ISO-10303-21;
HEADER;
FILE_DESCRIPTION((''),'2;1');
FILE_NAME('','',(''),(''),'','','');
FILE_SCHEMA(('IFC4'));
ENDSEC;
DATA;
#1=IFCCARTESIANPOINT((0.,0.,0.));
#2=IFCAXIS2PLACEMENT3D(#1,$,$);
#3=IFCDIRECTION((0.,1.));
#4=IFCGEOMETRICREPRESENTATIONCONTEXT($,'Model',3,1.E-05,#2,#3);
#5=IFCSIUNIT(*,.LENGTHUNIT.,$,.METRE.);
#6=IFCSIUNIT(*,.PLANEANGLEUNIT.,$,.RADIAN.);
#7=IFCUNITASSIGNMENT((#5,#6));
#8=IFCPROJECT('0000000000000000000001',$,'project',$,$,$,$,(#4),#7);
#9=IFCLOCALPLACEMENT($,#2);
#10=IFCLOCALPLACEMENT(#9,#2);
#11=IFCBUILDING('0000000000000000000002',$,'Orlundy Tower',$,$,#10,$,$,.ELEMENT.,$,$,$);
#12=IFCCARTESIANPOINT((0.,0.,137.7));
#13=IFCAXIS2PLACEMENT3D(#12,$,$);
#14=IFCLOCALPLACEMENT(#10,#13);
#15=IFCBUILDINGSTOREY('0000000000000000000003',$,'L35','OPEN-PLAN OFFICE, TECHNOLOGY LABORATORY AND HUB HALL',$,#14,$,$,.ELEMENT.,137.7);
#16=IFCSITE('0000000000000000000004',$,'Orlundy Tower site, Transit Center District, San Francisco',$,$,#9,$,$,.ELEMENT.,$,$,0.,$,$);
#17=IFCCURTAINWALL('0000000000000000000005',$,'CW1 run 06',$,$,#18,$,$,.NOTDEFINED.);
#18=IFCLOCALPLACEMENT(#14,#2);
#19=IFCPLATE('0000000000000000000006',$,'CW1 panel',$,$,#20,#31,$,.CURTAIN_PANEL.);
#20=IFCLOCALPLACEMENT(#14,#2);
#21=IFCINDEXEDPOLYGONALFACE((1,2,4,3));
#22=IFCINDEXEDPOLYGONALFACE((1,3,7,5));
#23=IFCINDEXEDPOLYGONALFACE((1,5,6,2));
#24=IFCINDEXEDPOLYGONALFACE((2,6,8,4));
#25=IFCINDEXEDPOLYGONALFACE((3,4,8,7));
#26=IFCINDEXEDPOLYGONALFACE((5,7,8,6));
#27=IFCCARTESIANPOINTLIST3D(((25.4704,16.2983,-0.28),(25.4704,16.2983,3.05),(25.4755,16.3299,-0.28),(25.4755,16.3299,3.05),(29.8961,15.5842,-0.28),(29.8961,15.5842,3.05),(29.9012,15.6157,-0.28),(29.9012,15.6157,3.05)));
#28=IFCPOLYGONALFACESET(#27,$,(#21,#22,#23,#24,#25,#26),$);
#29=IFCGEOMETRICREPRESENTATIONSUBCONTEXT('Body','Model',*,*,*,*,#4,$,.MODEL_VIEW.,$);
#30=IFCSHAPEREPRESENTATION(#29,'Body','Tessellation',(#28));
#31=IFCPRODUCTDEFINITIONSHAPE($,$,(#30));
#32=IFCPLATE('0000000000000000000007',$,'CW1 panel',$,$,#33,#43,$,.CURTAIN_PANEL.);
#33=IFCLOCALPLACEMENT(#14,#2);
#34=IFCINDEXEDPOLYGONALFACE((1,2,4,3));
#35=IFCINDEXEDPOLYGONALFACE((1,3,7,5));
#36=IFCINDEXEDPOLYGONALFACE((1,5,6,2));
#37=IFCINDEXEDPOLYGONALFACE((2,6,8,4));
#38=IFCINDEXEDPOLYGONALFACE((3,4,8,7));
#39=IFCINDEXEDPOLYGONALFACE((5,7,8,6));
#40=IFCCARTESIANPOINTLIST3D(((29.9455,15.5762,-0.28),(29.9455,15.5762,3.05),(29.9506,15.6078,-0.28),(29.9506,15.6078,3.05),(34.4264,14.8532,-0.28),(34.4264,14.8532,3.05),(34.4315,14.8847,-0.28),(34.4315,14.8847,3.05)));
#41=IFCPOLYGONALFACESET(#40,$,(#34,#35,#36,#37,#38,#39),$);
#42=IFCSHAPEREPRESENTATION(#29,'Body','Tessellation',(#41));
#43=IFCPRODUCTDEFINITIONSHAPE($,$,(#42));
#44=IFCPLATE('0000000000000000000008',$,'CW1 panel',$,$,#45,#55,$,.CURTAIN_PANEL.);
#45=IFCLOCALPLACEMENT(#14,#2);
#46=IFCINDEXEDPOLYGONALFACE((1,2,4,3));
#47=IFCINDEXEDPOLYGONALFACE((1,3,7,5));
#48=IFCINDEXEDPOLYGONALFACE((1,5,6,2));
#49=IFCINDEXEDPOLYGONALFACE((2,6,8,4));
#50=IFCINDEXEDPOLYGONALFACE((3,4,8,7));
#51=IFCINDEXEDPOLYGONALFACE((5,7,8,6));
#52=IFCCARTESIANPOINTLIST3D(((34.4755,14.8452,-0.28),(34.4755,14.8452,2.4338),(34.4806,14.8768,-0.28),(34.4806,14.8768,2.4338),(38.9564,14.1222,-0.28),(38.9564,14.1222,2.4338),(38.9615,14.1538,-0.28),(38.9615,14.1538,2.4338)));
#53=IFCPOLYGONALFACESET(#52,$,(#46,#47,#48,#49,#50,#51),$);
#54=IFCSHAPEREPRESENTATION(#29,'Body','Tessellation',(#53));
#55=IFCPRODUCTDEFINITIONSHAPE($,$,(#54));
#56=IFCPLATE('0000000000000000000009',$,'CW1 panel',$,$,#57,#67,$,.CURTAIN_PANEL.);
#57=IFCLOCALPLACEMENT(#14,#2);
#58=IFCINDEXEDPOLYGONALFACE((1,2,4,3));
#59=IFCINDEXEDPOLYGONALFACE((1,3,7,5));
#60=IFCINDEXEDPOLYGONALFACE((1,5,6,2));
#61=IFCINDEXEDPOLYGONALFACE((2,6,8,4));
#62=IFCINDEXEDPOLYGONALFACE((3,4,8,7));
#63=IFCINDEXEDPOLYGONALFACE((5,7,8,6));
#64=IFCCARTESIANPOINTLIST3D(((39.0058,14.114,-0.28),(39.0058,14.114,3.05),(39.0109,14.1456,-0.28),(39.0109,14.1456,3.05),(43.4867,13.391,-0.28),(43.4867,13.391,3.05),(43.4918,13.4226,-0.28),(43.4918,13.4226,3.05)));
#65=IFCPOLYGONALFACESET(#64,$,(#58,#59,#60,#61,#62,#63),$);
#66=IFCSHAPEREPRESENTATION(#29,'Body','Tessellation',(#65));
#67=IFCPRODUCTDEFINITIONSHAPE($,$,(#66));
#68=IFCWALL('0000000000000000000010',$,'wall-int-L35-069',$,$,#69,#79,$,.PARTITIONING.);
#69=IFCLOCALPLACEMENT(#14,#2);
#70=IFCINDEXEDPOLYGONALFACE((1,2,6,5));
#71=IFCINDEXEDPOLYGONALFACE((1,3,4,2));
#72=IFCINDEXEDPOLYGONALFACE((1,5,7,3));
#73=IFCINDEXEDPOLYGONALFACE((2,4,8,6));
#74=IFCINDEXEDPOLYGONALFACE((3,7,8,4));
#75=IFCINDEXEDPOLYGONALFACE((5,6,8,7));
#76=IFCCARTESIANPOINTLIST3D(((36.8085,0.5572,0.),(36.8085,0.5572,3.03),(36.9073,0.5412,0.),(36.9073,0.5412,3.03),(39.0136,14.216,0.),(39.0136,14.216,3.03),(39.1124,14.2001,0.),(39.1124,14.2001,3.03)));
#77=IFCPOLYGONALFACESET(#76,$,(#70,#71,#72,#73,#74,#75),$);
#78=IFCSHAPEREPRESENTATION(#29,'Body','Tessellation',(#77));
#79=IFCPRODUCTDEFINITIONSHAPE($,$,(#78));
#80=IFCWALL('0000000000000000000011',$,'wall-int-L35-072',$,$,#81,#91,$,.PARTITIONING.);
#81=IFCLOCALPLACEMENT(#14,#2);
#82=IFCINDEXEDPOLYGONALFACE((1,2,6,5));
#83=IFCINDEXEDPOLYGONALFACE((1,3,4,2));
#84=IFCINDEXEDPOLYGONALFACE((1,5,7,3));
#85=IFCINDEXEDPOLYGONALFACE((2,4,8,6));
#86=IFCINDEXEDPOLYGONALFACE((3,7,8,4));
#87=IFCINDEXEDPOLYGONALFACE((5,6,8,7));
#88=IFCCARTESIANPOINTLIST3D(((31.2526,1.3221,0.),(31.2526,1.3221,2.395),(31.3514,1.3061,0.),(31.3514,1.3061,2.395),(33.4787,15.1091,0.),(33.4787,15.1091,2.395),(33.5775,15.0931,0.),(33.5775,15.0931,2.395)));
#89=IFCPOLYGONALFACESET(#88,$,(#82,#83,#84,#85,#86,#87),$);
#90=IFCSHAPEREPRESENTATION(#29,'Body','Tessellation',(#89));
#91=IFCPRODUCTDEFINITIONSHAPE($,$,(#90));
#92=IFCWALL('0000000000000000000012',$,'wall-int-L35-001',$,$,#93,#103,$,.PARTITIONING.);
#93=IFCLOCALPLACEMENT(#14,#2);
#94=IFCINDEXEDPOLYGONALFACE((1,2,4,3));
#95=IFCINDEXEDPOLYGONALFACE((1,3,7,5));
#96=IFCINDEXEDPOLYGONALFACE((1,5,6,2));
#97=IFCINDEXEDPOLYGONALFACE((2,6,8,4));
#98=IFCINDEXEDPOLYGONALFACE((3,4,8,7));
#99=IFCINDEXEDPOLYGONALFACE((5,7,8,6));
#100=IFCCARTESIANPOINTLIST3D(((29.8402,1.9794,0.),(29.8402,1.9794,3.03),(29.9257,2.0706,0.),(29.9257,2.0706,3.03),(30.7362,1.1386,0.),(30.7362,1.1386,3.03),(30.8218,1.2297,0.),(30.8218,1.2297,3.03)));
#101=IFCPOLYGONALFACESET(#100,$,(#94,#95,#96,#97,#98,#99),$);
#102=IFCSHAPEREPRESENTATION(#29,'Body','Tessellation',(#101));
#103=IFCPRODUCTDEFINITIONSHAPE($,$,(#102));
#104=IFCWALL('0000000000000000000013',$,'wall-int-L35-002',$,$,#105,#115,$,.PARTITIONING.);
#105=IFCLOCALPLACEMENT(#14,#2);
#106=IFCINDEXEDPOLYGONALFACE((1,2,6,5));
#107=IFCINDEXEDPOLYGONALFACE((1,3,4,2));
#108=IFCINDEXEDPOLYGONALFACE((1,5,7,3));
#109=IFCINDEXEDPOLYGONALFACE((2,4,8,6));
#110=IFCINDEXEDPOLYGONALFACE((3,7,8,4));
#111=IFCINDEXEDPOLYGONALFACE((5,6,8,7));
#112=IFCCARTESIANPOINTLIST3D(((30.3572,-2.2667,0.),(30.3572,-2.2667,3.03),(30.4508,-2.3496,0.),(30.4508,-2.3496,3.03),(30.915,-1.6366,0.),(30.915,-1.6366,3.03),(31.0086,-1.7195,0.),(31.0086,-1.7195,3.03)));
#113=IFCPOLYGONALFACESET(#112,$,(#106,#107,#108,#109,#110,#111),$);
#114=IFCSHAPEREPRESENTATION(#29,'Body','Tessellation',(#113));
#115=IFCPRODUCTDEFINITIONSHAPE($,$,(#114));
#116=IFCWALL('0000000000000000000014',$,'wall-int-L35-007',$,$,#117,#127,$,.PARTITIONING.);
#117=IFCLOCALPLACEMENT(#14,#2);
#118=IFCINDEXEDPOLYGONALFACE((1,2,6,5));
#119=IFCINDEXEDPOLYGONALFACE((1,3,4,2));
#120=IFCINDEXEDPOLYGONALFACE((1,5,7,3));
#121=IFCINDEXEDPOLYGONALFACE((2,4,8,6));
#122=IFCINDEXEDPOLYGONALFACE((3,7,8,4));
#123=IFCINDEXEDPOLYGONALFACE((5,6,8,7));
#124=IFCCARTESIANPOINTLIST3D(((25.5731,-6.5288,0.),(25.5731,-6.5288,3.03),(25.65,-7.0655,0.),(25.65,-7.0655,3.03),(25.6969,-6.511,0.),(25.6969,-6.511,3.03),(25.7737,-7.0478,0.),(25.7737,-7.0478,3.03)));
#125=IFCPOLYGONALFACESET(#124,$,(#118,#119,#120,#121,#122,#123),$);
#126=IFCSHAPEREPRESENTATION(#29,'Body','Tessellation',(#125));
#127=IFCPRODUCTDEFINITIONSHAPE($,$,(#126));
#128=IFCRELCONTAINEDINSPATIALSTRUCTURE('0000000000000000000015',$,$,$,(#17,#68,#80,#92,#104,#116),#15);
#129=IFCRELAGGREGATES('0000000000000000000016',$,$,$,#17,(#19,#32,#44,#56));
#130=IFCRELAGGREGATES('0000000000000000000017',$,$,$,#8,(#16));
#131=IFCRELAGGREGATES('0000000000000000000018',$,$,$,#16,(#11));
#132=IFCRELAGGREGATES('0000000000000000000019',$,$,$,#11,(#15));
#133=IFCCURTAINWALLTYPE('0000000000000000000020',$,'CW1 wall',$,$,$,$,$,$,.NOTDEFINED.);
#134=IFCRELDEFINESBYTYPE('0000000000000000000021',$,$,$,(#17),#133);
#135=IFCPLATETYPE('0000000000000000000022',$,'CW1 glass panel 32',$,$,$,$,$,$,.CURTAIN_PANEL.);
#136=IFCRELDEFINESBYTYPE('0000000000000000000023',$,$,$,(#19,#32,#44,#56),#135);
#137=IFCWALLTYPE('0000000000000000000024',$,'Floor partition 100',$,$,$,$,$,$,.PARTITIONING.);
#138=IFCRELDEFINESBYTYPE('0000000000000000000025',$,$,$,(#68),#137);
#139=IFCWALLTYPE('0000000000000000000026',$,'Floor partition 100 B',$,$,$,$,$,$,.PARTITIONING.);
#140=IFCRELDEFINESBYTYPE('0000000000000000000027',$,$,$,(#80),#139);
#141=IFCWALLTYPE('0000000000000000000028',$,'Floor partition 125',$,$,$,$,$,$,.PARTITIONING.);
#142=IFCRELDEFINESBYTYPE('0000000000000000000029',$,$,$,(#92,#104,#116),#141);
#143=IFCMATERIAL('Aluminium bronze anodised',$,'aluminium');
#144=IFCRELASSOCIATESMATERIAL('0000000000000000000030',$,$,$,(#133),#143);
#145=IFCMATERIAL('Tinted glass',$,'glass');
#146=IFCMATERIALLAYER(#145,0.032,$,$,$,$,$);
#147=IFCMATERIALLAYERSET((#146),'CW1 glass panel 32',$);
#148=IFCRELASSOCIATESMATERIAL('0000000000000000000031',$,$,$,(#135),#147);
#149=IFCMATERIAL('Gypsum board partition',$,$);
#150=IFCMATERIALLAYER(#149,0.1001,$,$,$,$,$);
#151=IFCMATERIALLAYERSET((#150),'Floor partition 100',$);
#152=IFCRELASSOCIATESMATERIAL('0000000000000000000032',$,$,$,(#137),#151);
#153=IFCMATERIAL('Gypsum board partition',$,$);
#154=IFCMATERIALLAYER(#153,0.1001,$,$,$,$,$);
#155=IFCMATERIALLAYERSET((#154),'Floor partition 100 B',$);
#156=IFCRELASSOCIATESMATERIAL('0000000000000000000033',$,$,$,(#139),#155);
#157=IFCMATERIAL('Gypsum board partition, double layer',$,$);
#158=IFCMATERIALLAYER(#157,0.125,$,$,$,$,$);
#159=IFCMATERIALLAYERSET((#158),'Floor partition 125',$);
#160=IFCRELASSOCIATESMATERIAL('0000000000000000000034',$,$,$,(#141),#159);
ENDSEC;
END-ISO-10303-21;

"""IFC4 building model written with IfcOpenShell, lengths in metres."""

from ifc_helpers import new_model, si_unit, direction, frame, frame_2d, origin, origin_2d, place, context, subcontext, project, spatial, rectangle, extrude, material, layer, layer_set, type_object, element, aggregate, save


model = new_model("IFC4")

# Units and contexts
model_context = context("Model", 3, precision=1e-05, world=origin(), true_north=direction((0.0, 1.0)))
body_context = subcontext(model_context, "Body", "Model", "MODEL_VIEW")
ifc_project = project(units=[si_unit("LENGTHUNIT", "METRE"), si_unit("PLANEANGLEUNIT", "RADIAN")], contexts=[model_context])

# Site, building, storey
site_placement = place(None, origin())
site = spatial("IfcSite", under=ifc_project, at=site_placement, Name="Orlundy Tower site, Transit Center District, San Francisco", CompositionType="ELEMENT", RefElevation=0.0)
building_placement = place(site_placement, origin())
building = spatial("IfcBuilding", under=site, at=building_placement, Name="Orlundy Tower", CompositionType="ELEMENT")
storey_placement = place(building_placement, frame((0.0, 0.0, 137.7)))
storey = spatial("IfcBuildingStorey", under=building, at=storey_placement, Name="L35", Description="OPEN-PLAN OFFICE, TECHNOLOGY LABORATORY AND HUB HALL", CompositionType="ELEMENT", Elevation=137.7)

# Curtain wall
ifc_material_1 = material(Name="Aluminium bronze anodised", Category="aluminium")
curtain_wall_type = type_object("IfcCurtainWallType", Name="CW1 wall", PredefinedType="NOTDEFINED", material=ifc_material_1)
curtain_wall_1_placement = place(storey_placement, origin())
curtain_wall_1 = element("IfcCurtainWall", 1, at=curtain_wall_1_placement, inside=storey, type_object=curtain_wall_type, Name="CW1 run 06", PredefinedType="NOTDEFINED")

# Shared definitions
ifc_material_2 = material(Name="Tinted glass", Category="glass")
ifc_layer_1 = layer(ifc_material_2, 0.032)
ifc_layer_set_1 = layer_set([ifc_layer_1], Name="CW1 glass panel 32")
plate_type = type_object("IfcPlateType", Name="CW1 glass panel 32", PredefinedType="CURTAIN_PANEL", material=ifc_layer_set_1)

# Plates
plate_1_placement = place(storey_placement, frame((27.6858, 15.957, -0.28), z_axis=(0.0, 0.0, 1.0), x_axis=(0.98723, -0.159302, 0.0)))
plate_1 = element("IfcPlate", 2, at=plate_1_placement, type_object=plate_type, Name="CW1 panel", PredefinedType="CURTAIN_PANEL", context=body_context, shape_type="SweptSolid", body=[
    extrude(rectangle(XDim=4.4829, YDim=0.032, at=origin_2d()), origin(), (0.0, 0.0, 1.0), 3.3301),
])
plate_2_placement = place(storey_placement, frame((32.1885, 15.2305, -0.28), z_axis=(0.0, 0.0, 1.0), x_axis=(0.98723, -0.159302, 0.0)))
plate_2 = element("IfcPlate", 3, at=plate_2_placement, type_object=plate_type, Name="CW1 panel", PredefinedType="CURTAIN_PANEL", context=body_context, shape_type="SweptSolid", body=[
    extrude(rectangle(XDim=4.5388, YDim=0.032, at=origin_2d()), origin(), (0.0, 0.0, 1.0), 3.3301),
])
plate_3_placement = place(storey_placement, frame((36.7185, 14.4995, -0.28), z_axis=(0.0, 0.0, 1.0), x_axis=(0.98723, -0.159302, 0.0)))
plate_3 = element("IfcPlate", 4, at=plate_3_placement, type_object=plate_type, Name="CW1 panel", PredefinedType="CURTAIN_PANEL", context=body_context, shape_type="SweptSolid", body=[
    extrude(rectangle(XDim=4.5388, YDim=0.032, at=origin_2d()), origin(), (0.0, 0.0, 1.0), 2.7139),
])
plate_4_placement = place(storey_placement, frame((41.2488, 13.7683, -0.28), z_axis=(0.0, 0.0, 1.0), x_axis=(0.98723, -0.159302, 0.0)))
plate_4 = element("IfcPlate", 5, at=plate_4_placement, type_object=plate_type, Name="CW1 panel", PredefinedType="CURTAIN_PANEL", context=body_context, shape_type="SweptSolid", body=[
    extrude(rectangle(XDim=4.5388, YDim=0.032, at=origin_2d()), origin(), (0.0, 0.0, 1.0), 3.3301),
])
aggregate(curtain_wall_1, [plate_1, plate_2, plate_3, plate_4])

# Walls
ifc_material_3 = material(Name="Gypsum board partition")
ifc_layer_2 = layer(ifc_material_3, 0.1001)
ifc_layer_set_2 = layer_set([ifc_layer_2], Name="Floor partition 100")
wall_type_1 = type_object("IfcWallType", Name="Floor partition 100", PredefinedType="PARTITIONING", material=ifc_layer_set_2)
wall_1_placement = place(storey_placement, frame((36.8579, 0.5491, 0.0), z_axis=(0.0, 0.0, 1.0), x_axis=(0.159375, 0.987218, 0.0)))
element("IfcWall", 6, at=wall_1_placement, inside=storey, type_object=wall_type_1, Name="wall-int-L35-069", PredefinedType="PARTITIONING", context=body_context, shape_type="SweptSolid", body=[
    extrude(rectangle(XDim=13.8357, YDim=0.1001, at=frame_2d((6.918, 0.0))), origin(), (0.0, 0.0, 1.0), 3.03),
])
ifc_material_4 = material(Name="Gypsum board partition")
ifc_layer_3 = layer(ifc_material_4, 0.1001)
ifc_layer_set_3 = layer_set([ifc_layer_3], Name="Floor partition 100 B")
wall_type_2 = type_object("IfcWallType", Name="Floor partition 100 B", PredefinedType="PARTITIONING", material=ifc_layer_set_3)
wall_2_placement = place(storey_placement, frame((31.302, 1.314, 0.0), z_axis=(0.0, 0.0, 1.0), x_axis=(0.159396, 0.987215, 0.0)))
element("IfcWall", 7, at=wall_2_placement, inside=storey, type_object=wall_type_2, Name="wall-int-L35-072", PredefinedType="PARTITIONING", context=body_context, shape_type="SweptSolid", body=[
    extrude(rectangle(XDim=13.9656, YDim=0.1001, at=frame_2d((6.9829, 0.0))), origin(), (0.0, 0.0, 1.0), 2.395),
])
ifc_material_5 = material(Name="Gypsum board partition, double layer")
ifc_layer_4 = layer(ifc_material_5, 0.125)
ifc_layer_set_4 = layer_set([ifc_layer_4], Name="Floor partition 125")
wall_type_3 = type_object("IfcWallType", Name="Floor partition 125", PredefinedType="PARTITIONING", material=ifc_layer_set_4)
wall_3_placement = place(storey_placement, frame((29.8831, 2.0249, 0.0), z_axis=(0.0, 0.0, 1.0), x_axis=(0.729203, -0.684298, 0.0)))
element("IfcWall", 8, at=wall_3_placement, inside=storey, type_object=wall_type_3, Name="wall-int-L35-001", PredefinedType="PARTITIONING", context=body_context, shape_type="SweptSolid", body=[
    extrude(rectangle(XDim=1.2288, YDim=0.125, at=frame_2d((0.6143, 0.0))), origin(), (0.0, 0.0, 1.0), 3.03),
])
wall_4_placement = place(storey_placement, frame((30.9619, -1.678, 0.0), z_axis=(0.0, 0.0, 1.0), x_axis=(-0.662868, -0.748736, 0.0)))
element("IfcWall", 9, at=wall_4_placement, inside=storey, type_object=wall_type_3, Name="wall-int-L35-002", PredefinedType="PARTITIONING", context=body_context, shape_type="SweptSolid", body=[
    extrude(rectangle(XDim=0.8416, YDim=0.125, at=frame_2d((0.4209, 0.0))), origin(), (0.0, 0.0, 1.0), 3.03),
])
wall_5_placement = place(storey_placement, frame((25.635, -6.52, 0.0), z_axis=(0.0, 0.0, 1.0), x_axis=(0.141799, -0.989895, 0.0)))
element("IfcWall", 10, at=wall_5_placement, inside=storey, type_object=wall_type_3, Name="wall-int-L35-007", PredefinedType="PARTITIONING", context=body_context, shape_type="SweptSolid", body=[
    extrude(rectangle(XDim=0.5422, YDim=0.125, at=frame_2d((0.271, 0.0))), origin(), (0.0, 0.0, 1.0), 3.03),
])

save(model, "model.ifc")
